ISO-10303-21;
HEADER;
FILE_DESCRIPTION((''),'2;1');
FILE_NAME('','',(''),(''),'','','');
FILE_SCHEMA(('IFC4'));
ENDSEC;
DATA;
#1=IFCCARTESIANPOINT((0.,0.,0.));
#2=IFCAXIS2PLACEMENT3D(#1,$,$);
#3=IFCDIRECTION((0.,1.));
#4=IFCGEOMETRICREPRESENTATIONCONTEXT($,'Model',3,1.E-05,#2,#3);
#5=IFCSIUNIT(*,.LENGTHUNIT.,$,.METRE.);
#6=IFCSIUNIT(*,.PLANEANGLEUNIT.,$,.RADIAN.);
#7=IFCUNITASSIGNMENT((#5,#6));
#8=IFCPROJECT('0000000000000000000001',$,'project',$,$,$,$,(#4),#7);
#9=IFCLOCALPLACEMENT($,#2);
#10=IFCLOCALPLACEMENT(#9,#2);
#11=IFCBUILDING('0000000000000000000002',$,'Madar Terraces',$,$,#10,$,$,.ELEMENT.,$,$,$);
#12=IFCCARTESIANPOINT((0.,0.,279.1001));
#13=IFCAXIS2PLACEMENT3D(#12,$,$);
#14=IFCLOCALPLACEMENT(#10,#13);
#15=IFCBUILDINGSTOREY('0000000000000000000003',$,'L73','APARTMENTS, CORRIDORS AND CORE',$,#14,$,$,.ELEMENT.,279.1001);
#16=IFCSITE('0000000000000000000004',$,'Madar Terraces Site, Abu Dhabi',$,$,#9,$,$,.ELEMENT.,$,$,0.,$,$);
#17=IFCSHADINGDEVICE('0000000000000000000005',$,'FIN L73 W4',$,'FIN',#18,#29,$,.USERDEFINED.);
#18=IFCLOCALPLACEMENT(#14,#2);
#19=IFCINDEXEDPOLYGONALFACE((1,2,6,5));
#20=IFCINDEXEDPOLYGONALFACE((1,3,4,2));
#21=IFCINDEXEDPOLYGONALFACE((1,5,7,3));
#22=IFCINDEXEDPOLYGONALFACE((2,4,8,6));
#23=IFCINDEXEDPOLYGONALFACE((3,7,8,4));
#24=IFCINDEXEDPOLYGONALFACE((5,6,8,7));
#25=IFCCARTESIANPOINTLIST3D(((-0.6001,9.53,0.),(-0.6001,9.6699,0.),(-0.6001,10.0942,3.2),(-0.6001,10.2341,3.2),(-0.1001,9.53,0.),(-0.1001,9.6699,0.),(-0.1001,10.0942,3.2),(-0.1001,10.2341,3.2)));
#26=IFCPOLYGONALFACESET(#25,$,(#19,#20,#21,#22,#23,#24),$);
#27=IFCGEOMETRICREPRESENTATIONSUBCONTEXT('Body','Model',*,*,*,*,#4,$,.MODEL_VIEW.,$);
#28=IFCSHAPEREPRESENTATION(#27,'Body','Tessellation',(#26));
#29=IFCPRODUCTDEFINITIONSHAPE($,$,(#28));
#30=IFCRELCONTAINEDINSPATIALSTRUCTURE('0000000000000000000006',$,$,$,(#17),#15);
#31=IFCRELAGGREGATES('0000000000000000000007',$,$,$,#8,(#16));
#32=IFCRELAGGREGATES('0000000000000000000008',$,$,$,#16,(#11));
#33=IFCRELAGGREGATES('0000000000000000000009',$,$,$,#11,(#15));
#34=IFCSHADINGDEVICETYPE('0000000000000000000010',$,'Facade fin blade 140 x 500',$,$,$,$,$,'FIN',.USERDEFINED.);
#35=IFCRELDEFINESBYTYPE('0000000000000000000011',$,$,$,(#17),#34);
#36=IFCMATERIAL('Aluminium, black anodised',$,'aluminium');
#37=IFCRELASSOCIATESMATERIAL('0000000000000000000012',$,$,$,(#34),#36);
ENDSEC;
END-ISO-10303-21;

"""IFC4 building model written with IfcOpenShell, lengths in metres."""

from ifc_helpers import new_model, si_unit, direction, frame, origin, place, context, subcontext, project, spatial, polyline, outline, extrude, material, type_object, element, save


model = new_model("IFC4")

# Units and contexts
model_context = context("Model", 3, precision=1e-05, world=origin(), true_north=direction((0.0, 1.0)))
body_context = subcontext(model_context, "Body", "Model", "MODEL_VIEW")
ifc_project = project(units=[si_unit("LENGTHUNIT", "METRE"), si_unit("PLANEANGLEUNIT", "RADIAN")], contexts=[model_context])

# Site, building, storey
site_placement = place(None, origin())
site = spatial("IfcSite", under=ifc_project, at=site_placement, Name="Madar Terraces Site, Abu Dhabi", CompositionType="ELEMENT", RefElevation=0.0)
building_placement = place(site_placement, origin())
building = spatial("IfcBuilding", under=site, at=building_placement, Name="Madar Terraces", CompositionType="ELEMENT")
storey_placement = place(building_placement, frame((0.0, 0.0, 279.1001)))
storey = spatial("IfcBuildingStorey", under=building, at=storey_placement, Name="L73", Description="APARTMENTS, CORRIDORS AND CORE", CompositionType="ELEMENT", Elevation=279.1001)

# Shading device
ifc_material_1 = material(Name="Aluminium, black anodised", Category="aluminium")
shading_device_type = type_object("IfcShadingDeviceType", Name="Facade fin blade 140 x 500", ElementType="FIN", PredefinedType="USERDEFINED", material=ifc_material_1)
shading_device_placement = place(storey_placement, frame((-0.3501, 9.6699, 0.0), z_axis=(0.0, 0.0, 1.0), x_axis=(0.0, -1.0, 0.0)))
element("IfcShadingDevice", 1, at=shading_device_placement, inside=storey, type_object=shading_device_type, Name="FIN L73 W4", ObjectType="FIN", PredefinedType="USERDEFINED", context=body_context, shape_type="SweptSolid", body=[
    extrude(outline(polyline([(0.0, 0.0), (0.1399, 0.0), (-0.4243, 3.2), (-0.5642, 3.2), (0.0, 0.0)])), frame((0.0, 0.25, 0.0), z_axis=(0.0, -1.0, 0.0), x_axis=(1.0, 0.0, 0.0)), (0.0, 0.0, 1.0), 0.5),
])

save(model, "model.ifc")
